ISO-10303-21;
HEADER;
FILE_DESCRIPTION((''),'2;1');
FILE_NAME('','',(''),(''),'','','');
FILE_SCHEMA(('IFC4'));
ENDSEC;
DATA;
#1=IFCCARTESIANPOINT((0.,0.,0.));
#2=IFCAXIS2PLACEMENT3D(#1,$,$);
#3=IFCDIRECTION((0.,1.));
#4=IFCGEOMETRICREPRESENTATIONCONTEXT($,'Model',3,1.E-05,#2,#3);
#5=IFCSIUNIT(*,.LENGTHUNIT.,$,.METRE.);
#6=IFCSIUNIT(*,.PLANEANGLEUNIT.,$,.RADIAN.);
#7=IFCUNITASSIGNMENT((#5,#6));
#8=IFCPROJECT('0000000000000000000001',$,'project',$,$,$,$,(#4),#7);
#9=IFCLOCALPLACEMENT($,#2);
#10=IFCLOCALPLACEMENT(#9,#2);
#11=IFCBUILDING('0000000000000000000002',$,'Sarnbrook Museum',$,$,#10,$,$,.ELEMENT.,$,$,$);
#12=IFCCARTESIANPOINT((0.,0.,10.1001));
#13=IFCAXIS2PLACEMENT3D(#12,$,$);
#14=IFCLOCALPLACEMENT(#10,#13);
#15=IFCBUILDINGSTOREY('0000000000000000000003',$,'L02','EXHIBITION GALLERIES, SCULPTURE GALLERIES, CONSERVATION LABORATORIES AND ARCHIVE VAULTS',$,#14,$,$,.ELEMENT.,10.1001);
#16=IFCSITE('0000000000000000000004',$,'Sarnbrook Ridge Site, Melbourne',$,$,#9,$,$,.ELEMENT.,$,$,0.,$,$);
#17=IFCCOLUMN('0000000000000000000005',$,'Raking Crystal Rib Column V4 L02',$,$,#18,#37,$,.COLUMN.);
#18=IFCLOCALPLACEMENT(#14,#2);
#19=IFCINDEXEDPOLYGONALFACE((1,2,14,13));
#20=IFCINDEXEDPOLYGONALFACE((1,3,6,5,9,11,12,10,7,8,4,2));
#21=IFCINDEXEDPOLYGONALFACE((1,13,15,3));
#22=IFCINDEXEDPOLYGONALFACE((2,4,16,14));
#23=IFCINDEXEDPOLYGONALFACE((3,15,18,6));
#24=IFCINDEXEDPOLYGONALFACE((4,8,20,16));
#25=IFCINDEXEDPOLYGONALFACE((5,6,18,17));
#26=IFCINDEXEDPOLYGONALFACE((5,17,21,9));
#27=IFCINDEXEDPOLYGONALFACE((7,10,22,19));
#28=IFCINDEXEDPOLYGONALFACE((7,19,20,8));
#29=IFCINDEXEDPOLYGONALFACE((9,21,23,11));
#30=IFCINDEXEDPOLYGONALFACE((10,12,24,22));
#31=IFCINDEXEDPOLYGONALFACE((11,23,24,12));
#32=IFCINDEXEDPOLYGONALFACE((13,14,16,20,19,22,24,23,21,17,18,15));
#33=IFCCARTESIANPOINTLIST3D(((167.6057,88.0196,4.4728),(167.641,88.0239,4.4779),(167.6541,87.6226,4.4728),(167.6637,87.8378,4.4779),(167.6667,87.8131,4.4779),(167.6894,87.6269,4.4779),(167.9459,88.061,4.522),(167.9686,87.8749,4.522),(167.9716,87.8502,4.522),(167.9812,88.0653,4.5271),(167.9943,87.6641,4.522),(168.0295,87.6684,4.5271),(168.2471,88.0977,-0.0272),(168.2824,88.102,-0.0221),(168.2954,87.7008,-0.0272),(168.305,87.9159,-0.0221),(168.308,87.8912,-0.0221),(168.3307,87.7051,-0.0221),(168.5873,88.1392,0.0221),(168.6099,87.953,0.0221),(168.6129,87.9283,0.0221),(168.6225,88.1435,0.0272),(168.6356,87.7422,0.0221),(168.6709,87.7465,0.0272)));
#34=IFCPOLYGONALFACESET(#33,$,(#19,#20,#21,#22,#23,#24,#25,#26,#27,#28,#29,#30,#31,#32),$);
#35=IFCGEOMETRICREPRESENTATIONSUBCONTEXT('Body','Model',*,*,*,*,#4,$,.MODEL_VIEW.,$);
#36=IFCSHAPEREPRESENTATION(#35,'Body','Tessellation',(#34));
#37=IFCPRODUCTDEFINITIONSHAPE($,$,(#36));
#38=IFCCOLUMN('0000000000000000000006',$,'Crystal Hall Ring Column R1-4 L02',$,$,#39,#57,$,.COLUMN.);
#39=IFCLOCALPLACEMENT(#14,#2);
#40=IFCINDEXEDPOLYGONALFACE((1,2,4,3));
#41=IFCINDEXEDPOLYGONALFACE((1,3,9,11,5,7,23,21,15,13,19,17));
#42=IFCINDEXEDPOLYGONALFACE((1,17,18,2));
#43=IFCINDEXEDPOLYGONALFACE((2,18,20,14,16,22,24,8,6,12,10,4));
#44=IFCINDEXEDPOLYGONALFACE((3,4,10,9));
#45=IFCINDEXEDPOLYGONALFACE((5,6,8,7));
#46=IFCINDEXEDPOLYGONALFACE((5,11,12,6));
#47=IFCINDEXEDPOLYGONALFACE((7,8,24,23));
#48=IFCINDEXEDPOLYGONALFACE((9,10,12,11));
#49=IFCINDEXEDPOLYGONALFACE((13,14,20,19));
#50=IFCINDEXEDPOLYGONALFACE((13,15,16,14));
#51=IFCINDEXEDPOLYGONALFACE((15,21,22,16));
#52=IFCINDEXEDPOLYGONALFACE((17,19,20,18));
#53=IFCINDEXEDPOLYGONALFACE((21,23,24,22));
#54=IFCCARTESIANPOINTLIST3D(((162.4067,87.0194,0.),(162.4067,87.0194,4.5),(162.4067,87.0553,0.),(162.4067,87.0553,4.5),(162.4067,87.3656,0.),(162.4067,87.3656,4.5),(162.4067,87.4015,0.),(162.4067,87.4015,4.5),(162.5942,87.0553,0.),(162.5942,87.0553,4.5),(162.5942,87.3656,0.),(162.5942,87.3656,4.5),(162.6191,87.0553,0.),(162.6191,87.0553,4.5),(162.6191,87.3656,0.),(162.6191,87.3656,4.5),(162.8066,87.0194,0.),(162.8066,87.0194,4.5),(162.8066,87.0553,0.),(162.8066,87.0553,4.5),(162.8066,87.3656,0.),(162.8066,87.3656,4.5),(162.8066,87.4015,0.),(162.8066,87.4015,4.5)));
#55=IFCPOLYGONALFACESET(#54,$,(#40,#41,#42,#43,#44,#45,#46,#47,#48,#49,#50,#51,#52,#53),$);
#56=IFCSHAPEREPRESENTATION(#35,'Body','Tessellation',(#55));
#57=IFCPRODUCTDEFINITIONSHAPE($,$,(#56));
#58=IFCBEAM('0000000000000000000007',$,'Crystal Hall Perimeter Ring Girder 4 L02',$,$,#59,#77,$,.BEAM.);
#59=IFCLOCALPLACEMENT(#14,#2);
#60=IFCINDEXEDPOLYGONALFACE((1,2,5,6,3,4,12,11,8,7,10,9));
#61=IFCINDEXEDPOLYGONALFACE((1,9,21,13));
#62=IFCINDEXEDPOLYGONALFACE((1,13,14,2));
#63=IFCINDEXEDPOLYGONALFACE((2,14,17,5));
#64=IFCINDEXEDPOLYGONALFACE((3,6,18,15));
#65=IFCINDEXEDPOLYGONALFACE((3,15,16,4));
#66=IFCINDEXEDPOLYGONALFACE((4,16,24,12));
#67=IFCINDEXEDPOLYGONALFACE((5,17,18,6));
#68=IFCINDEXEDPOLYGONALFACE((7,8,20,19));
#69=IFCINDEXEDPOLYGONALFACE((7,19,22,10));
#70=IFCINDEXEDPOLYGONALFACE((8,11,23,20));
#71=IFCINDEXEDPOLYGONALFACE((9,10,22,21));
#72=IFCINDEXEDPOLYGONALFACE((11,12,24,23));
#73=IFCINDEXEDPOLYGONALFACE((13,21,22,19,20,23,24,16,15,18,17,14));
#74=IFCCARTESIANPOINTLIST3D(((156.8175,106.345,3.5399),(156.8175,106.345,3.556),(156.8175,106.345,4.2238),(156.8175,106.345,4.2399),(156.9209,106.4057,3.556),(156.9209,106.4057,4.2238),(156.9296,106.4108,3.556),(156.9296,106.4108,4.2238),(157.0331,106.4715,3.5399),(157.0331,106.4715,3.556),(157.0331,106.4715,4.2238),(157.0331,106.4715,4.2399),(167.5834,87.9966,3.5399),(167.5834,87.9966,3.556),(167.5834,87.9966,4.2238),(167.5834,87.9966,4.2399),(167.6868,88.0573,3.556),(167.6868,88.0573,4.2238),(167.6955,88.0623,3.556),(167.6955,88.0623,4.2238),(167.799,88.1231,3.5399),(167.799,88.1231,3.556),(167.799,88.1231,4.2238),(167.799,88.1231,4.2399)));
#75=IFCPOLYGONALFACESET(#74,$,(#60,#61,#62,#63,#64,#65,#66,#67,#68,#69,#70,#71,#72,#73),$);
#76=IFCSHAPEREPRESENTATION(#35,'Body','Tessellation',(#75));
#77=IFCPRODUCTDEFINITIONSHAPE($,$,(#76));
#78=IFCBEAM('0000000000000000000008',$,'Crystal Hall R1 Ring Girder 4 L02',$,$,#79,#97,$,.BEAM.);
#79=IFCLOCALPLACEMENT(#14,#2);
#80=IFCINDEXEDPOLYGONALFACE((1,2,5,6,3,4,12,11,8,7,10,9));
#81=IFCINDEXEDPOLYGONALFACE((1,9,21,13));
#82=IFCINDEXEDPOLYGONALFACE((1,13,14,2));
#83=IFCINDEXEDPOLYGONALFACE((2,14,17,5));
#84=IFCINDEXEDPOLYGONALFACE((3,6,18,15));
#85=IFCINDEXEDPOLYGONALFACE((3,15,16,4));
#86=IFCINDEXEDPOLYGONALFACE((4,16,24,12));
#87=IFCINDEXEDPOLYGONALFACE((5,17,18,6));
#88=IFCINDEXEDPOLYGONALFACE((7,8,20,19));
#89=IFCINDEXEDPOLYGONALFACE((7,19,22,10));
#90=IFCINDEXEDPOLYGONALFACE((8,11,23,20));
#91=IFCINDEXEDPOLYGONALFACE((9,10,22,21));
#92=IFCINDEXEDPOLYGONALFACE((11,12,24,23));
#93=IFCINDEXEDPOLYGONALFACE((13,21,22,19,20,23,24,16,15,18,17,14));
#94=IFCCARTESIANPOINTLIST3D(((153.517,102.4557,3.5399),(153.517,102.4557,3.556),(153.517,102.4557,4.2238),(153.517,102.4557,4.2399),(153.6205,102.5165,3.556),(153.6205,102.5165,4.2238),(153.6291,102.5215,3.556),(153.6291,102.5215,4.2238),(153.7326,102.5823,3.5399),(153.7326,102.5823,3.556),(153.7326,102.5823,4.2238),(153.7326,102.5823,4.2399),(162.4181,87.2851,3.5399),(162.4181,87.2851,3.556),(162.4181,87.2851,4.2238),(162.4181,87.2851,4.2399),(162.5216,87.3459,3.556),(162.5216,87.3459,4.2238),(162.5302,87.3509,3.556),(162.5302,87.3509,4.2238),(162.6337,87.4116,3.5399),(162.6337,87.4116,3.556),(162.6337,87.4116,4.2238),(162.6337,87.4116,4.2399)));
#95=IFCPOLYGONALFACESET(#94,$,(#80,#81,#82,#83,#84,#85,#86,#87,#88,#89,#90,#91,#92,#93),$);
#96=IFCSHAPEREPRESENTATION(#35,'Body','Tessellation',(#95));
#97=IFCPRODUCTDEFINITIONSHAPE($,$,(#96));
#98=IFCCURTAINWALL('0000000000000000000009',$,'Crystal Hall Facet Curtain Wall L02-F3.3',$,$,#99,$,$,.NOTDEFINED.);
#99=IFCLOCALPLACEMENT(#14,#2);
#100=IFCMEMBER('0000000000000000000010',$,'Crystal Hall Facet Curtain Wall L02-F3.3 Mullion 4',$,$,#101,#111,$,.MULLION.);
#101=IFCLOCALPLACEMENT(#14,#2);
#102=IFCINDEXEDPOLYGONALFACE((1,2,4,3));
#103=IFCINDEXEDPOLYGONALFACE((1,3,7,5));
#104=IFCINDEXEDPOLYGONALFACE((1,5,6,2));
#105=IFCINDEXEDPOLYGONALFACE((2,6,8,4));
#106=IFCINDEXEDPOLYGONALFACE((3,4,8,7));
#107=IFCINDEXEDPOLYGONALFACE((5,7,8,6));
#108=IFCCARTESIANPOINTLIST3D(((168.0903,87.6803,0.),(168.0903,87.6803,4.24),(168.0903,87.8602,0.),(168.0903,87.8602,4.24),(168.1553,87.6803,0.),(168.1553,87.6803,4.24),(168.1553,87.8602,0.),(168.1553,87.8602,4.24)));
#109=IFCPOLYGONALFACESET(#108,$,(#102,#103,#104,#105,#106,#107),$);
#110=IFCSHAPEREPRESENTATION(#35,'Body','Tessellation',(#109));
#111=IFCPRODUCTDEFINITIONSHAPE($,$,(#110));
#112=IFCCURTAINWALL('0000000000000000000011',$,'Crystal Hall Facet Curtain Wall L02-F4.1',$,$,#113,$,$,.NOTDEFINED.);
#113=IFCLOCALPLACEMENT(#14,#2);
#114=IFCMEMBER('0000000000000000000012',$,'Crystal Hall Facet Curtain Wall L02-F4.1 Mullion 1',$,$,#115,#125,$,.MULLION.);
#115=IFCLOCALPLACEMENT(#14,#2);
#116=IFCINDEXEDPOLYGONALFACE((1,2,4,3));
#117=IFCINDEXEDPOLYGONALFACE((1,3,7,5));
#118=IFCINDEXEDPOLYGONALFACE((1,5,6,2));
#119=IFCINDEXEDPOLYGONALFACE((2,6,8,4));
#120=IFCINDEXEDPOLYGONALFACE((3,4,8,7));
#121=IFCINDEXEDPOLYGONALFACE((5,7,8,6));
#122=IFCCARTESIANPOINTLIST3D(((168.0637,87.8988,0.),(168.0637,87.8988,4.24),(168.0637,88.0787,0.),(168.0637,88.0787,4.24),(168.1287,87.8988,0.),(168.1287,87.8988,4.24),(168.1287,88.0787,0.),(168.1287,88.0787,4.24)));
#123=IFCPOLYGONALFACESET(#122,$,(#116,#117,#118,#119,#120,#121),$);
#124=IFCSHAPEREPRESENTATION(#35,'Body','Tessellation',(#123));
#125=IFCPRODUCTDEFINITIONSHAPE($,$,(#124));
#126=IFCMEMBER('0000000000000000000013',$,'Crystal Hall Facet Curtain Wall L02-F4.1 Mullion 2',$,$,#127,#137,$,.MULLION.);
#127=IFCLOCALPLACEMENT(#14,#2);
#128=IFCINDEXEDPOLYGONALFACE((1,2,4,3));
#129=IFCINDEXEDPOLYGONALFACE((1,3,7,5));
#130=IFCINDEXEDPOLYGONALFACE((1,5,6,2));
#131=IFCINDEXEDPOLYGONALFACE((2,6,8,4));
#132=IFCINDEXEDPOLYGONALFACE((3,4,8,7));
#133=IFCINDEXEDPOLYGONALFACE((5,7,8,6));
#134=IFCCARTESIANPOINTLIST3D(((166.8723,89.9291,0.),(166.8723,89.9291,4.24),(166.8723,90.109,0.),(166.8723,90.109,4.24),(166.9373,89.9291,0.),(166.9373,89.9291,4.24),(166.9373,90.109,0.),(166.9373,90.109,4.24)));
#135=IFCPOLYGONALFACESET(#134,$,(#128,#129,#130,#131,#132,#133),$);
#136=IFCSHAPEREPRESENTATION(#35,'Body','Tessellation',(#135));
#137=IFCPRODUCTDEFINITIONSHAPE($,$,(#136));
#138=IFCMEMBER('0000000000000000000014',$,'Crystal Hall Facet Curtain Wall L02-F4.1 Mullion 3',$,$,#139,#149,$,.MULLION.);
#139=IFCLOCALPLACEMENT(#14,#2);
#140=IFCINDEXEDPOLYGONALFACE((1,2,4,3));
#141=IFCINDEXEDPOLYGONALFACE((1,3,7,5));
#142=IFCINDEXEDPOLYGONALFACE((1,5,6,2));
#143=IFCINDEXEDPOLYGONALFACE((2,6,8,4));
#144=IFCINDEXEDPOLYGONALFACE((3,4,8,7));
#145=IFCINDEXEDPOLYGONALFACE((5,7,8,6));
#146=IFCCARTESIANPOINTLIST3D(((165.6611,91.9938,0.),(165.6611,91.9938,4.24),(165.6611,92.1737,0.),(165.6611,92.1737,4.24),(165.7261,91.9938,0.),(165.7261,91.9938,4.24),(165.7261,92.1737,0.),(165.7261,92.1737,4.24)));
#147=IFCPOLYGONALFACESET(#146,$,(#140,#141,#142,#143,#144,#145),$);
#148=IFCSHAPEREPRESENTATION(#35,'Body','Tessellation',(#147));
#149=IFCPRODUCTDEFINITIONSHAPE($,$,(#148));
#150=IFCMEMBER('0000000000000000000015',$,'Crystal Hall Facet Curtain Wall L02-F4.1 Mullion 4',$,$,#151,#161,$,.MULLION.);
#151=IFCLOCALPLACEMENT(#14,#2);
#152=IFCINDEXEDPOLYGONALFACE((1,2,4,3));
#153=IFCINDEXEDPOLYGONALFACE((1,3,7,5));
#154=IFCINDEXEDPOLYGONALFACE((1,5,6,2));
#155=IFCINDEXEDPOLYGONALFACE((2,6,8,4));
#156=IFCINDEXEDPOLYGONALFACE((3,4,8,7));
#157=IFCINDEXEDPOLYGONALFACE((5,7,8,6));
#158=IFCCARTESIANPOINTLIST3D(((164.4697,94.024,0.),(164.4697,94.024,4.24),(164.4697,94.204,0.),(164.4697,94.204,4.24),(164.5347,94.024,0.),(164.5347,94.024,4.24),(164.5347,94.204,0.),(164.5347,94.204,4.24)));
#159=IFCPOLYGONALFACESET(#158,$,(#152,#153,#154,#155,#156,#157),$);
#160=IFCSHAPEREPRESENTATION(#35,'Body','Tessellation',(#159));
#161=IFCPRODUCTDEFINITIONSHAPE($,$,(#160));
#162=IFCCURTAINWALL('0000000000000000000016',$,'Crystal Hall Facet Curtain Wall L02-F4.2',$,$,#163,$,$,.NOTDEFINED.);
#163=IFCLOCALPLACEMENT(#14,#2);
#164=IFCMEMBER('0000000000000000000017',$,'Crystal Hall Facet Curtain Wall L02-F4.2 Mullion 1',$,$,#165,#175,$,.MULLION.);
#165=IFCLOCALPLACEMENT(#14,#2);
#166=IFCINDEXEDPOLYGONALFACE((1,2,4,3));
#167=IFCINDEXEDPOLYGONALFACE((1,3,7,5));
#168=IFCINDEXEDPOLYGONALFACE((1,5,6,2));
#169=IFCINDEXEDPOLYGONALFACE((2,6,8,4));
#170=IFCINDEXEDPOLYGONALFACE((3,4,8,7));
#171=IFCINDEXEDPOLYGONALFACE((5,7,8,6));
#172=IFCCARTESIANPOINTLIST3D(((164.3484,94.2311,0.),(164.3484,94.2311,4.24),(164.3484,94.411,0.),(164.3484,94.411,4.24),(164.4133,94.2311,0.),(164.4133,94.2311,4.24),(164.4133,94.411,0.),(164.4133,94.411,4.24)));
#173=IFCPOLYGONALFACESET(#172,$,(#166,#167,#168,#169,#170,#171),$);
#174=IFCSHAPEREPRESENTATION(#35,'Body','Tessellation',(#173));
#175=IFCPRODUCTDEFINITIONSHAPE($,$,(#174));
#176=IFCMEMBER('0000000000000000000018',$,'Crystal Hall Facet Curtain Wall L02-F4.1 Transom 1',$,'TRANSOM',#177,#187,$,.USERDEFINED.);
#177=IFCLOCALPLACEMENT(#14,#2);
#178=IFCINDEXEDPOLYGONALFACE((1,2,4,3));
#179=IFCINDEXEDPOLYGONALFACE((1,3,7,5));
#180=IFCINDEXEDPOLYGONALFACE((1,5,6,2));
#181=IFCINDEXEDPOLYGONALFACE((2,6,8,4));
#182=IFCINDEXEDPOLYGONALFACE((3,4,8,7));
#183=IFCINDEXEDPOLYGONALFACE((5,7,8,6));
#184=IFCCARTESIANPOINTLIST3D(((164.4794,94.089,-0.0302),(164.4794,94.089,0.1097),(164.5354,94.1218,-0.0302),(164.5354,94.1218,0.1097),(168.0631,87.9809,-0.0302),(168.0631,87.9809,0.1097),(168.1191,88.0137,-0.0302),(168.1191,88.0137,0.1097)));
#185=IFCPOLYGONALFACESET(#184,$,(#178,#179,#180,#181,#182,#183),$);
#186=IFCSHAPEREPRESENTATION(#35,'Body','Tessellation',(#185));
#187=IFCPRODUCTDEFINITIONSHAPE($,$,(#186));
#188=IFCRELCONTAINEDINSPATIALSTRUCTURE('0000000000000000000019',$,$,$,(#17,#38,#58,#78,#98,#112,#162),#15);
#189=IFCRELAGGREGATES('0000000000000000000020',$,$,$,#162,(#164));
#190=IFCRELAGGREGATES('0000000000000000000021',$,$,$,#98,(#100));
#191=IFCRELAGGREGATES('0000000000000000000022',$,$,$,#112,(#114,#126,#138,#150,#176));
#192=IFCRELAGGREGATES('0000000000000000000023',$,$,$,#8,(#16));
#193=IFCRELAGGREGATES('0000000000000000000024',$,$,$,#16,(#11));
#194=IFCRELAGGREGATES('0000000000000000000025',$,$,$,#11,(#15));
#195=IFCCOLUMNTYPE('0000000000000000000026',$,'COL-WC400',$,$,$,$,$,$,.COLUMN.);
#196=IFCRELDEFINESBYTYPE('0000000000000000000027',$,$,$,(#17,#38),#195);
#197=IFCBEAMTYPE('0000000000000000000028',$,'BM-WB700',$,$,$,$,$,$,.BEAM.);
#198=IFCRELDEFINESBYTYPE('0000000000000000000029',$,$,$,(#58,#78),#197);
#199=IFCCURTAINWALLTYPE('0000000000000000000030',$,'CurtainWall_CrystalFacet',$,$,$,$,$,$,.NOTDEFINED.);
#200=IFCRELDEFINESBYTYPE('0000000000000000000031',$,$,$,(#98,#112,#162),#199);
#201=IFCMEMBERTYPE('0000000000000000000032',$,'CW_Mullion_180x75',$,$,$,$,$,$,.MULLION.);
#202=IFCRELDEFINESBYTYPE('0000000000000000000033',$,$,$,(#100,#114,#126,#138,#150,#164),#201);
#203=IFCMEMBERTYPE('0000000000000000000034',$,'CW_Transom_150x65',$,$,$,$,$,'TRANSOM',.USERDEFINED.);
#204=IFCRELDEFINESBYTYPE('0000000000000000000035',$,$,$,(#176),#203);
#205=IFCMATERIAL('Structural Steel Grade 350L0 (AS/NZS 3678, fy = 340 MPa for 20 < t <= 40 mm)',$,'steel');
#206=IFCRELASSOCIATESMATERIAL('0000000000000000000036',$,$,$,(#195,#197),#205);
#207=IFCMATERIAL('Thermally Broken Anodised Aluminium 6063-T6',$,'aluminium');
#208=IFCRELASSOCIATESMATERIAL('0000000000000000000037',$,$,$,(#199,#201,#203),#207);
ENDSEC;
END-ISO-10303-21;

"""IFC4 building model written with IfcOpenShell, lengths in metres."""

from ifc_helpers import new_model, si_unit, direction, frame, origin, origin_2d, place, context, subcontext, project, spatial, rectangle, i_section, extrude, material, material_profile, profile_set, type_object, element, aggregate, save


model = new_model("IFC4")

# Units and contexts
model_context = context("Model", 3, precision=1e-05, world=origin(), true_north=direction((0.0, 1.0)))
body_context = subcontext(model_context, "Body", "Model", "MODEL_VIEW")
ifc_project = project(units=[si_unit("LENGTHUNIT", "METRE"), si_unit("PLANEANGLEUNIT", "RADIAN")], contexts=[model_context])

# Site, building, storey
site_placement = place(None, origin())
site = spatial("IfcSite", under=ifc_project, at=site_placement, Name="Sarnbrook Ridge Site, Melbourne", CompositionType="ELEMENT", RefElevation=0.0)
building_placement = place(site_placement, origin())
building = spatial("IfcBuilding", under=site, at=building_placement, Name="Sarnbrook Museum", CompositionType="ELEMENT")
storey_placement = place(building_placement, frame((0.0, 0.0, 10.1001)))
storey = spatial("IfcBuildingStorey", under=building, at=storey_placement, Name="L02", Description="EXHIBITION GALLERIES, SCULPTURE GALLERIES, CONSERVATION LABORATORIES AND ARCHIVE VAULTS", CompositionType="ELEMENT", Elevation=10.1001)

# Columns
ifc_material_1 = material(Name="Structural Steel Grade 350L0 (AS/NZS 3678, fy = 340 MPa for 20 < t <= 40 mm)", Category="steel")
ifc_material_profile_1 = material_profile(ifc_material_1, i_section(OverallWidth=0.3999, OverallDepth=0.3821, WebThickness=0.0249, FlangeThickness=0.0359, at=origin_2d()), Name="400WC270")
ifc_profile_set_1 = profile_set([ifc_material_profile_1], Name="Structural Steel Grade 350L0 (AS/NZS 3678, fy = 340 MPa for 20 < t <= 40 mm)")
column_type = type_object("IfcColumnType", Name="COL-WC400", PredefinedType="COLUMN", material=ifc_profile_set_1)
column_1_placement = place(storey_placement, frame((168.459, 87.9221, 0.0), z_axis=(-0.141077, -0.017185, 0.989849), x_axis=(0.120918, -0.992662, 0.0)))
element("IfcColumn", 1, at=column_1_placement, inside=storey, type_object=column_type, Name="Raking Crystal Rib Column V4 L02", PredefinedType="COLUMN", context=body_context, shape_type="SweptSolid", body=[
    extrude(i_section(OverallWidth=0.3999, OverallDepth=0.3821, WebThickness=0.0249, FlangeThickness=0.0359, at=origin_2d()), origin(), (0.0, 0.0, 1.0), 4.5461),
])
column_2_placement = place(storey_placement, frame((162.6067, 87.2104, 0.0), z_axis=(0.0, 0.0, 1.0), x_axis=(1.0, 0.0, 0.0)))
element("IfcColumn", 2, at=column_2_placement, inside=storey, type_object=column_type, Name="Crystal Hall Ring Column R1-4 L02", PredefinedType="COLUMN", context=body_context, shape_type="SweptSolid", body=[
    extrude(i_section(OverallWidth=0.3999, OverallDepth=0.3821, WebThickness=0.0249, FlangeThickness=0.0359, at=origin_2d()), origin(), (0.0, 0.0, 1.0), 4.5),
])

# Beams
ifc_material_profile_2 = material_profile(ifc_material_1, i_section(OverallWidth=0.25, OverallDepth=0.7, WebThickness=0.01, FlangeThickness=0.0161, at=origin_2d()), Name="700WB130")
ifc_profile_set_2 = profile_set([ifc_material_profile_2], Name="Structural Steel Grade 350L0 (AS/NZS 3678, fy = 340 MPa for 20 < t <= 40 mm)")
beam_type_1 = type_object("IfcBeamType", Name="BM-WB700", PredefinedType="BEAM", material=ifc_profile_set_2)
beam_1_placement = place(storey_placement, frame((167.6912, 88.0598, 3.8899), z_axis=(-0.506066, 0.862495, 0.0), x_axis=(-0.862495, -0.506066, 0.0)))
element("IfcBeam", 3, at=beam_1_placement, inside=storey, type_object=beam_type_1, Name="Crystal Hall Perimeter Ring Girder 4 L02", PredefinedType="BEAM", context=body_context, shape_type="SweptSolid", body=[
    extrude(i_section(OverallWidth=0.25, OverallDepth=0.7, WebThickness=0.01, FlangeThickness=0.0161, at=origin_2d()), origin(), (0.0, 0.0, 1.0), 21.2737),
])
beam_2_placement = place(storey_placement, frame((162.5259, 87.3484, 3.8899), z_axis=(-0.506057, 0.8625, 0.0), x_axis=(-0.8625, -0.506057, 0.0)))
element("IfcBeam", 4, at=beam_2_placement, inside=storey, type_object=beam_type_1, Name="Crystal Hall R1 Ring Girder 4 L02", PredefinedType="BEAM", context=body_context, shape_type="SweptSolid", body=[
    extrude(i_section(OverallWidth=0.25, OverallDepth=0.7, WebThickness=0.01, FlangeThickness=0.0161, at=origin_2d()), origin(), (0.0, 0.0, 1.0), 17.5891),
])

# Curtain wall, member
ifc_material_2 = material(Name="Thermally Broken Anodised Aluminium 6063-T6", Category="aluminium")
curtain_wall_type = type_object("IfcCurtainWallType", Name="CurtainWall_CrystalFacet", PredefinedType="NOTDEFINED", material=ifc_material_2)
curtain_wall_1_placement = place(storey_placement, origin())
curtain_wall_1 = element("IfcCurtainWall", 5, at=curtain_wall_1_placement, inside=storey, type_object=curtain_wall_type, Name="Crystal Hall Facet Curtain Wall L02-F3.3", PredefinedType="NOTDEFINED")
ifc_material_profile_3 = material_profile(ifc_material_2, rectangle(XDim=0.0649, YDim=0.1799, at=origin_2d()), Name="ALU MULLION 65x180")
ifc_profile_set_3 = profile_set([ifc_material_profile_3], Name="Thermally Broken Anodised Aluminium 6063-T6")
member_type_1 = type_object("IfcMemberType", Name="CW_Mullion_180x75", PredefinedType="MULLION", material=ifc_profile_set_3)
member_1_placement = place(storey_placement, frame((168.1228, 87.7703, 0.0), z_axis=(0.0, 0.0, 1.0), x_axis=(1.0, 0.0, 0.0)))
member_1 = element("IfcMember", 6, at=member_1_placement, type_object=member_type_1, Name="Crystal Hall Facet Curtain Wall L02-F3.3 Mullion 4", PredefinedType="MULLION", context=body_context, shape_type="SweptSolid", body=[
    extrude(rectangle(XDim=0.0649, YDim=0.1799, at=origin_2d()), origin(), (0.0, 0.0, 1.0), 4.24),
])

# Curtain wall, members
curtain_wall_2_placement = place(storey_placement, origin())
curtain_wall_2 = element("IfcCurtainWall", 7, at=curtain_wall_2_placement, inside=storey, type_object=curtain_wall_type, Name="Crystal Hall Facet Curtain Wall L02-F4.1", PredefinedType="NOTDEFINED")
member_2_placement = place(storey_placement, frame((168.0962, 87.9888, 0.0), z_axis=(0.0, 0.0, 1.0), x_axis=(1.0, 0.0, 0.0)))
member_2 = element("IfcMember", 8, at=member_2_placement, type_object=member_type_1, Name="Crystal Hall Facet Curtain Wall L02-F4.1 Mullion 1", PredefinedType="MULLION", context=body_context, shape_type="SweptSolid", body=[
    extrude(rectangle(XDim=0.0649, YDim=0.1799, at=origin_2d()), origin(), (0.0, 0.0, 1.0), 4.24),
])
member_3_placement = place(storey_placement, frame((166.9048, 90.019, 0.0), z_axis=(0.0, 0.0, 1.0), x_axis=(1.0, 0.0, 0.0)))
member_3 = element("IfcMember", 9, at=member_3_placement, type_object=member_type_1, Name="Crystal Hall Facet Curtain Wall L02-F4.1 Mullion 2", PredefinedType="MULLION", context=body_context, shape_type="SweptSolid", body=[
    extrude(rectangle(XDim=0.0649, YDim=0.1799, at=origin_2d()), origin(), (0.0, 0.0, 1.0), 4.24),
])
member_4_placement = place(storey_placement, frame((165.6936, 92.0837, 0.0), z_axis=(0.0, 0.0, 1.0), x_axis=(1.0, 0.0, 0.0)))
member_4 = element("IfcMember", 10, at=member_4_placement, type_object=member_type_1, Name="Crystal Hall Facet Curtain Wall L02-F4.1 Mullion 3", PredefinedType="MULLION", context=body_context, shape_type="SweptSolid", body=[
    extrude(rectangle(XDim=0.0649, YDim=0.1799, at=origin_2d()), origin(), (0.0, 0.0, 1.0), 4.24),
])
member_5_placement = place(storey_placement, frame((164.5022, 94.114, 0.0), z_axis=(0.0, 0.0, 1.0), x_axis=(1.0, 0.0, 0.0)))
member_5 = element("IfcMember", 11, at=member_5_placement, type_object=member_type_1, Name="Crystal Hall Facet Curtain Wall L02-F4.1 Mullion 4", PredefinedType="MULLION", context=body_context, shape_type="SweptSolid", body=[
    extrude(rectangle(XDim=0.0649, YDim=0.1799, at=origin_2d()), origin(), (0.0, 0.0, 1.0), 4.24),
])

# Curtain wall, member
curtain_wall_3_placement = place(storey_placement, origin())
curtain_wall_3 = element("IfcCurtainWall", 12, at=curtain_wall_3_placement, inside=storey, type_object=curtain_wall_type, Name="Crystal Hall Facet Curtain Wall L02-F4.2", PredefinedType="NOTDEFINED")
member_6_placement = place(storey_placement, frame((164.3809, 94.321, 0.0), z_axis=(0.0, 0.0, 1.0), x_axis=(1.0, 0.0, 0.0)))
member_6 = element("IfcMember", 13, at=member_6_placement, type_object=member_type_1, Name="Crystal Hall Facet Curtain Wall L02-F4.2 Mullion 1", PredefinedType="MULLION", context=body_context, shape_type="SweptSolid", body=[
    extrude(rectangle(XDim=0.0649, YDim=0.1799, at=origin_2d()), origin(), (0.0, 0.0, 1.0), 4.24),
])

# Member
ifc_material_profile_4 = material_profile(ifc_material_2, rectangle(XDim=0.0649, YDim=0.1399, at=origin_2d()), Name="ALU TRANSOM 65x140")
ifc_profile_set_4 = profile_set([ifc_material_profile_4], Name="Thermally Broken Anodised Aluminium 6063-T6")
member_type_2 = type_object("IfcMemberType", Name="CW_Transom_150x65", ElementType="TRANSOM", PredefinedType="USERDEFINED", material=ifc_profile_set_4)
member_7_placement = place(storey_placement, frame((168.0911, 87.9973, 0.0398), z_axis=(-0.506045, 0.862507, 0.0), x_axis=(-0.862507, -0.506045, 0.0)))
member_7 = element("IfcMember", 14, at=member_7_placement, type_object=member_type_2, Name="Crystal Hall Facet Curtain Wall L02-F4.1 Transom 1", ObjectType="TRANSOM", PredefinedType="USERDEFINED", context=body_context, shape_type="SweptSolid", body=[
    extrude(rectangle(XDim=0.0649, YDim=0.1399, at=origin_2d()), origin(), (0.0, 0.0, 1.0), 7.0818),
])
aggregate(curtain_wall_3, [member_6])

aggregate(curtain_wall_1, [member_1])
aggregate(curtain_wall_2, [member_2, member_3, member_4, member_5, member_7])

save(model, "model.ifc")
